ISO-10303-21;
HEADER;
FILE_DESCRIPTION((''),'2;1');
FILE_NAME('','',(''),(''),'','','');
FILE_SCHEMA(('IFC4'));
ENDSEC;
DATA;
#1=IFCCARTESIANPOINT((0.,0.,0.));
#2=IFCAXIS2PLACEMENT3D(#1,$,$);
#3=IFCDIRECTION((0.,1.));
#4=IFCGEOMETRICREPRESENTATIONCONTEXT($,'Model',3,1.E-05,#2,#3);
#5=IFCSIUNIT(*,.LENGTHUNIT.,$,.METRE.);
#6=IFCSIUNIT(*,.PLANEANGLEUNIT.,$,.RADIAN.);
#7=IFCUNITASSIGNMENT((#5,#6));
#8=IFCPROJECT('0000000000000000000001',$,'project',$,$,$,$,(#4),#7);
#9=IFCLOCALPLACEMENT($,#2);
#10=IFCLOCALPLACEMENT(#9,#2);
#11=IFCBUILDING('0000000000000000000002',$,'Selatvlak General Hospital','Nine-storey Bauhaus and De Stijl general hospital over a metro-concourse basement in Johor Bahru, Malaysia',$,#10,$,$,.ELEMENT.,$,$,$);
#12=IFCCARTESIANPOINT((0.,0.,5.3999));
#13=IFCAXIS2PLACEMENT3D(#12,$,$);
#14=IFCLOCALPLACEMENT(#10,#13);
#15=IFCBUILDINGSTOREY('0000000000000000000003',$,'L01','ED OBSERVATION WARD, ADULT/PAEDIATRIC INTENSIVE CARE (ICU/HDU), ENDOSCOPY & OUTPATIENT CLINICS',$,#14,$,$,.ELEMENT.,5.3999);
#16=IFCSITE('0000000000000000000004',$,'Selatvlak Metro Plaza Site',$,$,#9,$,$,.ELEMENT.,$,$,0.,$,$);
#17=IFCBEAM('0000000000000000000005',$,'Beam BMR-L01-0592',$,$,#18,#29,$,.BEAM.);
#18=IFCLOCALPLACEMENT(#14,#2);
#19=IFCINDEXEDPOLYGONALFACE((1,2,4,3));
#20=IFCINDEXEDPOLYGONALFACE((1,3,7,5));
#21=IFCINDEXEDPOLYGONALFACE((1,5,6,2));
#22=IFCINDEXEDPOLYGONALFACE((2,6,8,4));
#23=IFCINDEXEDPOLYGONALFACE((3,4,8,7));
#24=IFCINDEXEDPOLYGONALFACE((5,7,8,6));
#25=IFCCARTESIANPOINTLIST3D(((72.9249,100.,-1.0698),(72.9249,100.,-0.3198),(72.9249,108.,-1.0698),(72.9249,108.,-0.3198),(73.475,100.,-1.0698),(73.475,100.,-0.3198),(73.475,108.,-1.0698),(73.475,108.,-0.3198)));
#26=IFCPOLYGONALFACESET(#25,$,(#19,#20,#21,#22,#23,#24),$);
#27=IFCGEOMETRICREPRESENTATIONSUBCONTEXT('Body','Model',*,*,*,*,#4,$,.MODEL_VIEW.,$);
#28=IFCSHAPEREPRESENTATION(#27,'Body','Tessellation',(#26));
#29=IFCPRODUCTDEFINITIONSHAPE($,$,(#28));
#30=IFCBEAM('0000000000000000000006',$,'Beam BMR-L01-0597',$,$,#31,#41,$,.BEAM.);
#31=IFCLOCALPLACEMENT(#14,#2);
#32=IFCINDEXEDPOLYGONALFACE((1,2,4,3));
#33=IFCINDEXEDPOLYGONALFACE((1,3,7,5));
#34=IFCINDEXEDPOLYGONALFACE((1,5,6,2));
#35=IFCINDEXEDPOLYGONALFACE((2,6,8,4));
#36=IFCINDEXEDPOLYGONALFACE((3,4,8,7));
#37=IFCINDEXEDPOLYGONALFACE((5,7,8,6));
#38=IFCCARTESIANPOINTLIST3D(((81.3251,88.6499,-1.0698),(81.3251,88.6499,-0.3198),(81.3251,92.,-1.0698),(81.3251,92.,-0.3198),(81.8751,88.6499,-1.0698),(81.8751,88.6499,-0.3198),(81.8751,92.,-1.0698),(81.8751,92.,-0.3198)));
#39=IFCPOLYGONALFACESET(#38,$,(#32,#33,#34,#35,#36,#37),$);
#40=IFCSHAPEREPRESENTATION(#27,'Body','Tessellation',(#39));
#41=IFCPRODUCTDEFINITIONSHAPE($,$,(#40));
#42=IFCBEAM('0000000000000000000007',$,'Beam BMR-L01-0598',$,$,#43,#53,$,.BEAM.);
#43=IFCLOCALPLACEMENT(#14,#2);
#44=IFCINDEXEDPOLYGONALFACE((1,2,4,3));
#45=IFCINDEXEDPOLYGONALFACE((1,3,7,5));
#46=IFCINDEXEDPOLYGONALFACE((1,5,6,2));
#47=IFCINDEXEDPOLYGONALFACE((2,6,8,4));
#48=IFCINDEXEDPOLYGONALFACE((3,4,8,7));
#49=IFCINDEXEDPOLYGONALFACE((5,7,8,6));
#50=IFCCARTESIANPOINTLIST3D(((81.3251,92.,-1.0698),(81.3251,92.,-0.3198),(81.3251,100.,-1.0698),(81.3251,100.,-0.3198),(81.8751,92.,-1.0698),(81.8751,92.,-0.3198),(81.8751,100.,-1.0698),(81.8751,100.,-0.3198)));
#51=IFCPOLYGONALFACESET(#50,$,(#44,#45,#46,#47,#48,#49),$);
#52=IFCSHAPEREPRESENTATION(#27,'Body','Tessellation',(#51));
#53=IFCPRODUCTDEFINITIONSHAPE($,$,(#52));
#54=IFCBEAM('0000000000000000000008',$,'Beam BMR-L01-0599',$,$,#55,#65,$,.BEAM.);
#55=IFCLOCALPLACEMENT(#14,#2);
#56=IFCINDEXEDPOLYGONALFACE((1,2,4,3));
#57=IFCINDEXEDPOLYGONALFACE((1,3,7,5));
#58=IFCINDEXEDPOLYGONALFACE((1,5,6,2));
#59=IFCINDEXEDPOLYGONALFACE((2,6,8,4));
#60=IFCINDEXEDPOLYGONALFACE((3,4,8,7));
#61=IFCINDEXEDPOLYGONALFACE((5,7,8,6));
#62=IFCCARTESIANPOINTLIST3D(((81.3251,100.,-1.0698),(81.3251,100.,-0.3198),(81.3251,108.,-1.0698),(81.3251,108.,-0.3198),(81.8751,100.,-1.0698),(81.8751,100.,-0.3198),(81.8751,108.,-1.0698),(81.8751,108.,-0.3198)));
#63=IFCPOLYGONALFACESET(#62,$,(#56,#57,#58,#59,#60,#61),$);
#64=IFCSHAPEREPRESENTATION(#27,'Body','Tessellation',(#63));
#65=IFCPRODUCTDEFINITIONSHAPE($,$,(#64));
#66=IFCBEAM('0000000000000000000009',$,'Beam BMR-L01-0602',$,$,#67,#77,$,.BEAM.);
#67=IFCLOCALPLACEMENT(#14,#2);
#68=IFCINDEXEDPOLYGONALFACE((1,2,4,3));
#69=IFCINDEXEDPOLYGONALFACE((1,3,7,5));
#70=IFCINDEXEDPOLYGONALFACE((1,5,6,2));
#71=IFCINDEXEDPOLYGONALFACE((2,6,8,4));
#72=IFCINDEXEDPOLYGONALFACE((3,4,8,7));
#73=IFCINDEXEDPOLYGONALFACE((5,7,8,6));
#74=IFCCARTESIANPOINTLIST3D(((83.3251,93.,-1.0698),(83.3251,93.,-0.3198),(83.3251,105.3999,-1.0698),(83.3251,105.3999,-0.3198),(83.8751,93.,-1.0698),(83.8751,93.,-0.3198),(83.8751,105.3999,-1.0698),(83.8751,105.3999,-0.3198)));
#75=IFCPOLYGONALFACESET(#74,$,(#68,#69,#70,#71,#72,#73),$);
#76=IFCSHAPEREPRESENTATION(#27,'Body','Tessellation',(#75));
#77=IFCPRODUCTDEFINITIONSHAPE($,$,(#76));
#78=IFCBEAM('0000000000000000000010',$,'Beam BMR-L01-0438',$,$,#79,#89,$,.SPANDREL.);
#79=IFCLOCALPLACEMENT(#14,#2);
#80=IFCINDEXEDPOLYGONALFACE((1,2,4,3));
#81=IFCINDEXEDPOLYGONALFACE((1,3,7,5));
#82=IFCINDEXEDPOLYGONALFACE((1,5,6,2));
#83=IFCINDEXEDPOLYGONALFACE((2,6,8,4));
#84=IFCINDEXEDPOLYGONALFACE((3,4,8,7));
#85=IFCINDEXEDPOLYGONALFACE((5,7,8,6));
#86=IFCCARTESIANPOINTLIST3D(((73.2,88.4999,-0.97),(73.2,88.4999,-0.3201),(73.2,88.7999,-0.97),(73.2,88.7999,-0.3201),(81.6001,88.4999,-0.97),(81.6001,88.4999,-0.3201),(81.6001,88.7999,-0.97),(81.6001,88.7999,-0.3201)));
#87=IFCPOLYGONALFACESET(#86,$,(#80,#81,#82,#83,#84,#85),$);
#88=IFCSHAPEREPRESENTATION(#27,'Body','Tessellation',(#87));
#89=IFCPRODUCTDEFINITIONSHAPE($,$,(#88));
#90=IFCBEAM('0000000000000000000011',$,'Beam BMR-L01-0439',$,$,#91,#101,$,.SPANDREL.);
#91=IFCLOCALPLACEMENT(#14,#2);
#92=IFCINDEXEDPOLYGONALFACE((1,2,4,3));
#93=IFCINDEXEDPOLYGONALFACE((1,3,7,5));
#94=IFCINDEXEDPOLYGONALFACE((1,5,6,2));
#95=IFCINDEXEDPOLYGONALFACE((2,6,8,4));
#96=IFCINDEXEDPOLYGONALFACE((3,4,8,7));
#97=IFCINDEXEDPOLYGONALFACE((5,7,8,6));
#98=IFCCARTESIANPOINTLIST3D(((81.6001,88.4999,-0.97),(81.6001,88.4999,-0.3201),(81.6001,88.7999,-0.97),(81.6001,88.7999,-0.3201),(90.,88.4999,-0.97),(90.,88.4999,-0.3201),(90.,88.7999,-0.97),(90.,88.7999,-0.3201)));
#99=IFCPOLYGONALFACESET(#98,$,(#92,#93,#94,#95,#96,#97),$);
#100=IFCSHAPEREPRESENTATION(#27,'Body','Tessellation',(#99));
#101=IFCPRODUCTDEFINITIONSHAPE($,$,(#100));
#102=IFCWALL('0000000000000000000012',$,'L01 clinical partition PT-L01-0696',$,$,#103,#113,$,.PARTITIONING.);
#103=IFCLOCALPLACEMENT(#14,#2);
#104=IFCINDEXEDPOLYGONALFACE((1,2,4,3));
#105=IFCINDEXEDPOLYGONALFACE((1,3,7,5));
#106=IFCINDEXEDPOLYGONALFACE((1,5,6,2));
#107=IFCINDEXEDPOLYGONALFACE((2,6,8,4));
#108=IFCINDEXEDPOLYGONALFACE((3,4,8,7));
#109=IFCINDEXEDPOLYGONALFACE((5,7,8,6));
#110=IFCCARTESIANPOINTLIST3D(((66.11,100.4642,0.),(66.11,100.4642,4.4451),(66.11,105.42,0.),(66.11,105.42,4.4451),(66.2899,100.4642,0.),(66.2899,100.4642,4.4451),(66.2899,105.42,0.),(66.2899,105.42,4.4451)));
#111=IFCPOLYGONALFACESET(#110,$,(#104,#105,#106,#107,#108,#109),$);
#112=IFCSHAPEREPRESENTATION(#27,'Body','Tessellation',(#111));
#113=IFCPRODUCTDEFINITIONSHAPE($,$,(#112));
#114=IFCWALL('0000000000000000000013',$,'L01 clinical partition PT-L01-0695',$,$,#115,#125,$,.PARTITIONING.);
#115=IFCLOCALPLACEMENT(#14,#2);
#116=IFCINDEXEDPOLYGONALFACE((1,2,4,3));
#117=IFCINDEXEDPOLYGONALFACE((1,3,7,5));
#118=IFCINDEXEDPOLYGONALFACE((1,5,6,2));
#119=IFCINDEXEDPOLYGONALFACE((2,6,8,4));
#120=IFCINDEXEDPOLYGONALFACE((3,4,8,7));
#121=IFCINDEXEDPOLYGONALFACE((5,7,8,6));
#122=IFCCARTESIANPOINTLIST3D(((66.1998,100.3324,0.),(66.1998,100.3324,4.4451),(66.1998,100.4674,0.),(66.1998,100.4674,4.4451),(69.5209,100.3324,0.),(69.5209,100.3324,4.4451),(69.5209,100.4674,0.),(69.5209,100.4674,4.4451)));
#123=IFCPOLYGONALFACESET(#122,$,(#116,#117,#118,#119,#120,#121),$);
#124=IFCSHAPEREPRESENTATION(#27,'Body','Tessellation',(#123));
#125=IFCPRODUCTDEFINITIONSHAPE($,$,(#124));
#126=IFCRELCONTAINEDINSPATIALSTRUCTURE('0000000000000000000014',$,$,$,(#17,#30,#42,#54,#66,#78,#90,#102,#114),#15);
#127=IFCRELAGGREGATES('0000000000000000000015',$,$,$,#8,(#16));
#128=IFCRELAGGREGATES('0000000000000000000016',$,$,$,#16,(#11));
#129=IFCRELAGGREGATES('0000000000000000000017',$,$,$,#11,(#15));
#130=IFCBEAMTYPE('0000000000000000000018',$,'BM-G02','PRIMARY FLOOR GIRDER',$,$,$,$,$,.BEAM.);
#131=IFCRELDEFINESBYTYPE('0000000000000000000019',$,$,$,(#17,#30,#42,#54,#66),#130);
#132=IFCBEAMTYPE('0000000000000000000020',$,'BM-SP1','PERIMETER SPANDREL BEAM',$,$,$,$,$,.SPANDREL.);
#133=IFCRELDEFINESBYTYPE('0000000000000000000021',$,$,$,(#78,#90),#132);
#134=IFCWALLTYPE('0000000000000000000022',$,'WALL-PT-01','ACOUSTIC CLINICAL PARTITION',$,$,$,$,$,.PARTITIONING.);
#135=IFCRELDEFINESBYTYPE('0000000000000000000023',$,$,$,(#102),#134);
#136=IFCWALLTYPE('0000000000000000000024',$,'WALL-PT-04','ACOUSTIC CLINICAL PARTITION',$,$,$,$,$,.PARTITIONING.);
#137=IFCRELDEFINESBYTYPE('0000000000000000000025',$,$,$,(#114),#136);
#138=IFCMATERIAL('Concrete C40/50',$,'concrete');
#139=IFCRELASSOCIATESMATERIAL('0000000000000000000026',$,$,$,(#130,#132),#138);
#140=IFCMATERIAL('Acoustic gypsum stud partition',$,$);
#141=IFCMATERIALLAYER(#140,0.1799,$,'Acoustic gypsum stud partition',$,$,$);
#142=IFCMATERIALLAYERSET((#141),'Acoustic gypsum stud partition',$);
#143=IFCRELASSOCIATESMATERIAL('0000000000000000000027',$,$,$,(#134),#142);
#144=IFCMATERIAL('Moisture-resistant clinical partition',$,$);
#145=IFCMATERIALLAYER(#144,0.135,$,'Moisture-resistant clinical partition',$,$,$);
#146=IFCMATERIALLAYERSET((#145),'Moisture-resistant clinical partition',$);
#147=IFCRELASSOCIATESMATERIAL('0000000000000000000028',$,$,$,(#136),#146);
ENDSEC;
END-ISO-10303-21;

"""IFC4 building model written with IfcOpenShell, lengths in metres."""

from ifc_helpers import new_model, si_unit, direction, frame, frame_2d, origin, origin_2d, place, context, subcontext, project, spatial, rectangle, extrude, material, layer, layer_set, material_profile, profile_set, type_object, element, save


model = new_model("IFC4")

# Units and contexts
model_context = context("Model", 3, precision=1e-05, world=origin(), true_north=direction((0.0, 1.0)))
body_context = subcontext(model_context, "Body", "Model", "MODEL_VIEW")
ifc_project = project(units=[si_unit("LENGTHUNIT", "METRE"), si_unit("PLANEANGLEUNIT", "RADIAN")], contexts=[model_context])

# Site, building, storey
site_placement = place(None, origin())
site = spatial("IfcSite", under=ifc_project, at=site_placement, Name="Selatvlak Metro Plaza Site", CompositionType="ELEMENT", RefElevation=0.0)
building_placement = place(site_placement, origin())
building = spatial("IfcBuilding", under=site, at=building_placement, Name="Selatvlak General Hospital", Description="Nine-storey Bauhaus and De Stijl general hospital over a metro-concourse basement in Johor Bahru, Malaysia", CompositionType="ELEMENT")
storey_placement = place(building_placement, frame((0.0, 0.0, 5.3999)))
storey = spatial("IfcBuildingStorey", under=building, at=storey_placement, Name="L01", Description="ED OBSERVATION WARD, ADULT/PAEDIATRIC INTENSIVE CARE (ICU/HDU), ENDOSCOPY & OUTPATIENT CLINICS", CompositionType="ELEMENT", Elevation=5.3999)

# Beams
ifc_material_1 = material(Name="Concrete C40/50", Category="concrete")
ifc_material_profile_1 = material_profile(ifc_material_1, rectangle(XDim=0.55, YDim=0.75, at=origin_2d()), Name="RC-BM 550x750")
ifc_profile_set_1 = profile_set([ifc_material_profile_1], Name="Concrete C40/50")
beam_type_1 = type_object("IfcBeamType", Name="BM-G02", Description="PRIMARY FLOOR GIRDER", PredefinedType="BEAM", material=ifc_profile_set_1)
for number, where, z_axis, x_axis, name in (
    (1, (73.2, 100.0, -0.6948), (0.0, 1.0, 0.0), (-1.0, 0.0, 0.0), "Beam BMR-L01-0592"),
):
    element("IfcBeam", number, at=place(storey_placement, frame(where, z_axis=z_axis, x_axis=x_axis)), inside=storey, type_object=beam_type_1, Name=name, PredefinedType="BEAM", context=body_context, shape_type="SweptSolid", body=[
        extrude(rectangle(XDim=0.55, YDim=0.75, at=origin_2d()), origin(), (0.0, 0.0, 1.0), 8.0),
    ])
beam_1_placement = place(storey_placement, frame((81.6001, 88.6499, -0.6948), z_axis=(0.0, 1.0, 0.0), x_axis=(-1.0, 0.0, 0.0)))
element("IfcBeam", 2, at=beam_1_placement, inside=storey, type_object=beam_type_1, Name="Beam BMR-L01-0597", PredefinedType="BEAM", context=body_context, shape_type="SweptSolid", body=[
    extrude(rectangle(XDim=0.55, YDim=0.75, at=origin_2d()), origin(), (0.0, 0.0, 1.0), 3.3501),
])
for number, where, z_axis, x_axis, name in (
    (3, (81.6001, 92.0, -0.6948), (0.0, 1.0, 0.0), (-1.0, 0.0, 0.0), "Beam BMR-L01-0598"),
    (4, (81.6001, 100.0, -0.6948), (0.0, 1.0, 0.0), (-1.0, 0.0, 0.0), "Beam BMR-L01-0599"),
):
    element("IfcBeam", number, at=place(storey_placement, frame(where, z_axis=z_axis, x_axis=x_axis)), inside=storey, type_object=beam_type_1, Name=name, PredefinedType="BEAM", context=body_context, shape_type="SweptSolid", body=[
        extrude(rectangle(XDim=0.55, YDim=0.75, at=origin_2d()), origin(), (0.0, 0.0, 1.0), 8.0),
    ])
beam_2_placement = place(storey_placement, frame((83.6001, 93.0, -0.6948), z_axis=(0.0, 1.0, 0.0), x_axis=(-1.0, 0.0, 0.0)))
element("IfcBeam", 5, at=beam_2_placement, inside=storey, type_object=beam_type_1, Name="Beam BMR-L01-0602", PredefinedType="BEAM", context=body_context, shape_type="SweptSolid", body=[
    extrude(rectangle(XDim=0.55, YDim=0.75, at=origin_2d()), origin(), (0.0, 0.0, 1.0), 12.3999),
])
ifc_material_profile_2 = material_profile(ifc_material_1, rectangle(XDim=0.3, YDim=0.6499, at=origin_2d()), Name="RC-SP 300x650")
ifc_profile_set_2 = profile_set([ifc_material_profile_2], Name="Concrete C40/50")
beam_type_2 = type_object("IfcBeamType", Name="BM-SP1", Description="PERIMETER SPANDREL BEAM", PredefinedType="SPANDREL", material=ifc_profile_set_2)
beam_3_placement = place(storey_placement, frame((73.2, 88.6499, -0.645), z_axis=(1.0, 0.0, 0.0), x_axis=(0.0, 1.0, 0.0)))
element("IfcBeam", 6, at=beam_3_placement, inside=storey, type_object=beam_type_2, Name="Beam BMR-L01-0438", PredefinedType="SPANDREL", context=body_context, shape_type="SweptSolid", body=[
    extrude(rectangle(XDim=0.3, YDim=0.6499, at=origin_2d()), origin(), (0.0, 0.0, 1.0), 8.4001),
])
beam_4_placement = place(storey_placement, frame((81.6001, 88.6499, -0.645), z_axis=(1.0, 0.0, 0.0), x_axis=(0.0, 1.0, 0.0)))
element("IfcBeam", 7, at=beam_4_placement, inside=storey, type_object=beam_type_2, Name="Beam BMR-L01-0439", PredefinedType="SPANDREL", context=body_context, shape_type="SweptSolid", body=[
    extrude(rectangle(XDim=0.3, YDim=0.6499, at=origin_2d()), origin(), (0.0, 0.0, 1.0), 8.3999),
])

# Walls
ifc_material_2 = material(Name="Acoustic gypsum stud partition")
ifc_layer_1 = layer(ifc_material_2, 0.1799, Name="Acoustic gypsum stud partition")
ifc_layer_set_1 = layer_set([ifc_layer_1], Name="Acoustic gypsum stud partition")
wall_type_1 = type_object("IfcWallType", Name="WALL-PT-01", Description="ACOUSTIC CLINICAL PARTITION", PredefinedType="PARTITIONING", material=ifc_layer_set_1)
wall_1_placement = place(storey_placement, frame((66.2, 100.4641, 0.0), z_axis=(0.0, 0.0, 1.0), x_axis=(0.0, 1.0, 0.0)))
element("IfcWall", 8, at=wall_1_placement, inside=storey, type_object=wall_type_1, Name="L01 clinical partition PT-L01-0696", PredefinedType="PARTITIONING", context=body_context, shape_type="SweptSolid", body=[
    extrude(rectangle(XDim=4.9558, YDim=0.1799, at=frame_2d((2.478, 0.0))), origin(), (0.0, 0.0, 1.0), 4.4451),
])
ifc_material_3 = material(Name="Moisture-resistant clinical partition")
ifc_layer_2 = layer(ifc_material_3, 0.135, Name="Moisture-resistant clinical partition")
ifc_layer_set_2 = layer_set([ifc_layer_2], Name="Moisture-resistant clinical partition")
wall_type_2 = type_object("IfcWallType", Name="WALL-PT-04", Description="ACOUSTIC CLINICAL PARTITION", PredefinedType="PARTITIONING", material=ifc_layer_set_2)
wall_2_placement = place(storey_placement, frame((69.521, 100.3999, 0.0), z_axis=(0.0, 0.0, 1.0), x_axis=(-1.0, 0.0, 0.0)))
element("IfcWall", 9, at=wall_2_placement, inside=storey, type_object=wall_type_2, Name="L01 clinical partition PT-L01-0695", PredefinedType="PARTITIONING", context=body_context, shape_type="SweptSolid", body=[
    extrude(rectangle(XDim=3.321, YDim=0.135, at=frame_2d((1.6606, 0.0))), origin(), (0.0, 0.0, 1.0), 4.4451),
])

save(model, "model.ifc")
